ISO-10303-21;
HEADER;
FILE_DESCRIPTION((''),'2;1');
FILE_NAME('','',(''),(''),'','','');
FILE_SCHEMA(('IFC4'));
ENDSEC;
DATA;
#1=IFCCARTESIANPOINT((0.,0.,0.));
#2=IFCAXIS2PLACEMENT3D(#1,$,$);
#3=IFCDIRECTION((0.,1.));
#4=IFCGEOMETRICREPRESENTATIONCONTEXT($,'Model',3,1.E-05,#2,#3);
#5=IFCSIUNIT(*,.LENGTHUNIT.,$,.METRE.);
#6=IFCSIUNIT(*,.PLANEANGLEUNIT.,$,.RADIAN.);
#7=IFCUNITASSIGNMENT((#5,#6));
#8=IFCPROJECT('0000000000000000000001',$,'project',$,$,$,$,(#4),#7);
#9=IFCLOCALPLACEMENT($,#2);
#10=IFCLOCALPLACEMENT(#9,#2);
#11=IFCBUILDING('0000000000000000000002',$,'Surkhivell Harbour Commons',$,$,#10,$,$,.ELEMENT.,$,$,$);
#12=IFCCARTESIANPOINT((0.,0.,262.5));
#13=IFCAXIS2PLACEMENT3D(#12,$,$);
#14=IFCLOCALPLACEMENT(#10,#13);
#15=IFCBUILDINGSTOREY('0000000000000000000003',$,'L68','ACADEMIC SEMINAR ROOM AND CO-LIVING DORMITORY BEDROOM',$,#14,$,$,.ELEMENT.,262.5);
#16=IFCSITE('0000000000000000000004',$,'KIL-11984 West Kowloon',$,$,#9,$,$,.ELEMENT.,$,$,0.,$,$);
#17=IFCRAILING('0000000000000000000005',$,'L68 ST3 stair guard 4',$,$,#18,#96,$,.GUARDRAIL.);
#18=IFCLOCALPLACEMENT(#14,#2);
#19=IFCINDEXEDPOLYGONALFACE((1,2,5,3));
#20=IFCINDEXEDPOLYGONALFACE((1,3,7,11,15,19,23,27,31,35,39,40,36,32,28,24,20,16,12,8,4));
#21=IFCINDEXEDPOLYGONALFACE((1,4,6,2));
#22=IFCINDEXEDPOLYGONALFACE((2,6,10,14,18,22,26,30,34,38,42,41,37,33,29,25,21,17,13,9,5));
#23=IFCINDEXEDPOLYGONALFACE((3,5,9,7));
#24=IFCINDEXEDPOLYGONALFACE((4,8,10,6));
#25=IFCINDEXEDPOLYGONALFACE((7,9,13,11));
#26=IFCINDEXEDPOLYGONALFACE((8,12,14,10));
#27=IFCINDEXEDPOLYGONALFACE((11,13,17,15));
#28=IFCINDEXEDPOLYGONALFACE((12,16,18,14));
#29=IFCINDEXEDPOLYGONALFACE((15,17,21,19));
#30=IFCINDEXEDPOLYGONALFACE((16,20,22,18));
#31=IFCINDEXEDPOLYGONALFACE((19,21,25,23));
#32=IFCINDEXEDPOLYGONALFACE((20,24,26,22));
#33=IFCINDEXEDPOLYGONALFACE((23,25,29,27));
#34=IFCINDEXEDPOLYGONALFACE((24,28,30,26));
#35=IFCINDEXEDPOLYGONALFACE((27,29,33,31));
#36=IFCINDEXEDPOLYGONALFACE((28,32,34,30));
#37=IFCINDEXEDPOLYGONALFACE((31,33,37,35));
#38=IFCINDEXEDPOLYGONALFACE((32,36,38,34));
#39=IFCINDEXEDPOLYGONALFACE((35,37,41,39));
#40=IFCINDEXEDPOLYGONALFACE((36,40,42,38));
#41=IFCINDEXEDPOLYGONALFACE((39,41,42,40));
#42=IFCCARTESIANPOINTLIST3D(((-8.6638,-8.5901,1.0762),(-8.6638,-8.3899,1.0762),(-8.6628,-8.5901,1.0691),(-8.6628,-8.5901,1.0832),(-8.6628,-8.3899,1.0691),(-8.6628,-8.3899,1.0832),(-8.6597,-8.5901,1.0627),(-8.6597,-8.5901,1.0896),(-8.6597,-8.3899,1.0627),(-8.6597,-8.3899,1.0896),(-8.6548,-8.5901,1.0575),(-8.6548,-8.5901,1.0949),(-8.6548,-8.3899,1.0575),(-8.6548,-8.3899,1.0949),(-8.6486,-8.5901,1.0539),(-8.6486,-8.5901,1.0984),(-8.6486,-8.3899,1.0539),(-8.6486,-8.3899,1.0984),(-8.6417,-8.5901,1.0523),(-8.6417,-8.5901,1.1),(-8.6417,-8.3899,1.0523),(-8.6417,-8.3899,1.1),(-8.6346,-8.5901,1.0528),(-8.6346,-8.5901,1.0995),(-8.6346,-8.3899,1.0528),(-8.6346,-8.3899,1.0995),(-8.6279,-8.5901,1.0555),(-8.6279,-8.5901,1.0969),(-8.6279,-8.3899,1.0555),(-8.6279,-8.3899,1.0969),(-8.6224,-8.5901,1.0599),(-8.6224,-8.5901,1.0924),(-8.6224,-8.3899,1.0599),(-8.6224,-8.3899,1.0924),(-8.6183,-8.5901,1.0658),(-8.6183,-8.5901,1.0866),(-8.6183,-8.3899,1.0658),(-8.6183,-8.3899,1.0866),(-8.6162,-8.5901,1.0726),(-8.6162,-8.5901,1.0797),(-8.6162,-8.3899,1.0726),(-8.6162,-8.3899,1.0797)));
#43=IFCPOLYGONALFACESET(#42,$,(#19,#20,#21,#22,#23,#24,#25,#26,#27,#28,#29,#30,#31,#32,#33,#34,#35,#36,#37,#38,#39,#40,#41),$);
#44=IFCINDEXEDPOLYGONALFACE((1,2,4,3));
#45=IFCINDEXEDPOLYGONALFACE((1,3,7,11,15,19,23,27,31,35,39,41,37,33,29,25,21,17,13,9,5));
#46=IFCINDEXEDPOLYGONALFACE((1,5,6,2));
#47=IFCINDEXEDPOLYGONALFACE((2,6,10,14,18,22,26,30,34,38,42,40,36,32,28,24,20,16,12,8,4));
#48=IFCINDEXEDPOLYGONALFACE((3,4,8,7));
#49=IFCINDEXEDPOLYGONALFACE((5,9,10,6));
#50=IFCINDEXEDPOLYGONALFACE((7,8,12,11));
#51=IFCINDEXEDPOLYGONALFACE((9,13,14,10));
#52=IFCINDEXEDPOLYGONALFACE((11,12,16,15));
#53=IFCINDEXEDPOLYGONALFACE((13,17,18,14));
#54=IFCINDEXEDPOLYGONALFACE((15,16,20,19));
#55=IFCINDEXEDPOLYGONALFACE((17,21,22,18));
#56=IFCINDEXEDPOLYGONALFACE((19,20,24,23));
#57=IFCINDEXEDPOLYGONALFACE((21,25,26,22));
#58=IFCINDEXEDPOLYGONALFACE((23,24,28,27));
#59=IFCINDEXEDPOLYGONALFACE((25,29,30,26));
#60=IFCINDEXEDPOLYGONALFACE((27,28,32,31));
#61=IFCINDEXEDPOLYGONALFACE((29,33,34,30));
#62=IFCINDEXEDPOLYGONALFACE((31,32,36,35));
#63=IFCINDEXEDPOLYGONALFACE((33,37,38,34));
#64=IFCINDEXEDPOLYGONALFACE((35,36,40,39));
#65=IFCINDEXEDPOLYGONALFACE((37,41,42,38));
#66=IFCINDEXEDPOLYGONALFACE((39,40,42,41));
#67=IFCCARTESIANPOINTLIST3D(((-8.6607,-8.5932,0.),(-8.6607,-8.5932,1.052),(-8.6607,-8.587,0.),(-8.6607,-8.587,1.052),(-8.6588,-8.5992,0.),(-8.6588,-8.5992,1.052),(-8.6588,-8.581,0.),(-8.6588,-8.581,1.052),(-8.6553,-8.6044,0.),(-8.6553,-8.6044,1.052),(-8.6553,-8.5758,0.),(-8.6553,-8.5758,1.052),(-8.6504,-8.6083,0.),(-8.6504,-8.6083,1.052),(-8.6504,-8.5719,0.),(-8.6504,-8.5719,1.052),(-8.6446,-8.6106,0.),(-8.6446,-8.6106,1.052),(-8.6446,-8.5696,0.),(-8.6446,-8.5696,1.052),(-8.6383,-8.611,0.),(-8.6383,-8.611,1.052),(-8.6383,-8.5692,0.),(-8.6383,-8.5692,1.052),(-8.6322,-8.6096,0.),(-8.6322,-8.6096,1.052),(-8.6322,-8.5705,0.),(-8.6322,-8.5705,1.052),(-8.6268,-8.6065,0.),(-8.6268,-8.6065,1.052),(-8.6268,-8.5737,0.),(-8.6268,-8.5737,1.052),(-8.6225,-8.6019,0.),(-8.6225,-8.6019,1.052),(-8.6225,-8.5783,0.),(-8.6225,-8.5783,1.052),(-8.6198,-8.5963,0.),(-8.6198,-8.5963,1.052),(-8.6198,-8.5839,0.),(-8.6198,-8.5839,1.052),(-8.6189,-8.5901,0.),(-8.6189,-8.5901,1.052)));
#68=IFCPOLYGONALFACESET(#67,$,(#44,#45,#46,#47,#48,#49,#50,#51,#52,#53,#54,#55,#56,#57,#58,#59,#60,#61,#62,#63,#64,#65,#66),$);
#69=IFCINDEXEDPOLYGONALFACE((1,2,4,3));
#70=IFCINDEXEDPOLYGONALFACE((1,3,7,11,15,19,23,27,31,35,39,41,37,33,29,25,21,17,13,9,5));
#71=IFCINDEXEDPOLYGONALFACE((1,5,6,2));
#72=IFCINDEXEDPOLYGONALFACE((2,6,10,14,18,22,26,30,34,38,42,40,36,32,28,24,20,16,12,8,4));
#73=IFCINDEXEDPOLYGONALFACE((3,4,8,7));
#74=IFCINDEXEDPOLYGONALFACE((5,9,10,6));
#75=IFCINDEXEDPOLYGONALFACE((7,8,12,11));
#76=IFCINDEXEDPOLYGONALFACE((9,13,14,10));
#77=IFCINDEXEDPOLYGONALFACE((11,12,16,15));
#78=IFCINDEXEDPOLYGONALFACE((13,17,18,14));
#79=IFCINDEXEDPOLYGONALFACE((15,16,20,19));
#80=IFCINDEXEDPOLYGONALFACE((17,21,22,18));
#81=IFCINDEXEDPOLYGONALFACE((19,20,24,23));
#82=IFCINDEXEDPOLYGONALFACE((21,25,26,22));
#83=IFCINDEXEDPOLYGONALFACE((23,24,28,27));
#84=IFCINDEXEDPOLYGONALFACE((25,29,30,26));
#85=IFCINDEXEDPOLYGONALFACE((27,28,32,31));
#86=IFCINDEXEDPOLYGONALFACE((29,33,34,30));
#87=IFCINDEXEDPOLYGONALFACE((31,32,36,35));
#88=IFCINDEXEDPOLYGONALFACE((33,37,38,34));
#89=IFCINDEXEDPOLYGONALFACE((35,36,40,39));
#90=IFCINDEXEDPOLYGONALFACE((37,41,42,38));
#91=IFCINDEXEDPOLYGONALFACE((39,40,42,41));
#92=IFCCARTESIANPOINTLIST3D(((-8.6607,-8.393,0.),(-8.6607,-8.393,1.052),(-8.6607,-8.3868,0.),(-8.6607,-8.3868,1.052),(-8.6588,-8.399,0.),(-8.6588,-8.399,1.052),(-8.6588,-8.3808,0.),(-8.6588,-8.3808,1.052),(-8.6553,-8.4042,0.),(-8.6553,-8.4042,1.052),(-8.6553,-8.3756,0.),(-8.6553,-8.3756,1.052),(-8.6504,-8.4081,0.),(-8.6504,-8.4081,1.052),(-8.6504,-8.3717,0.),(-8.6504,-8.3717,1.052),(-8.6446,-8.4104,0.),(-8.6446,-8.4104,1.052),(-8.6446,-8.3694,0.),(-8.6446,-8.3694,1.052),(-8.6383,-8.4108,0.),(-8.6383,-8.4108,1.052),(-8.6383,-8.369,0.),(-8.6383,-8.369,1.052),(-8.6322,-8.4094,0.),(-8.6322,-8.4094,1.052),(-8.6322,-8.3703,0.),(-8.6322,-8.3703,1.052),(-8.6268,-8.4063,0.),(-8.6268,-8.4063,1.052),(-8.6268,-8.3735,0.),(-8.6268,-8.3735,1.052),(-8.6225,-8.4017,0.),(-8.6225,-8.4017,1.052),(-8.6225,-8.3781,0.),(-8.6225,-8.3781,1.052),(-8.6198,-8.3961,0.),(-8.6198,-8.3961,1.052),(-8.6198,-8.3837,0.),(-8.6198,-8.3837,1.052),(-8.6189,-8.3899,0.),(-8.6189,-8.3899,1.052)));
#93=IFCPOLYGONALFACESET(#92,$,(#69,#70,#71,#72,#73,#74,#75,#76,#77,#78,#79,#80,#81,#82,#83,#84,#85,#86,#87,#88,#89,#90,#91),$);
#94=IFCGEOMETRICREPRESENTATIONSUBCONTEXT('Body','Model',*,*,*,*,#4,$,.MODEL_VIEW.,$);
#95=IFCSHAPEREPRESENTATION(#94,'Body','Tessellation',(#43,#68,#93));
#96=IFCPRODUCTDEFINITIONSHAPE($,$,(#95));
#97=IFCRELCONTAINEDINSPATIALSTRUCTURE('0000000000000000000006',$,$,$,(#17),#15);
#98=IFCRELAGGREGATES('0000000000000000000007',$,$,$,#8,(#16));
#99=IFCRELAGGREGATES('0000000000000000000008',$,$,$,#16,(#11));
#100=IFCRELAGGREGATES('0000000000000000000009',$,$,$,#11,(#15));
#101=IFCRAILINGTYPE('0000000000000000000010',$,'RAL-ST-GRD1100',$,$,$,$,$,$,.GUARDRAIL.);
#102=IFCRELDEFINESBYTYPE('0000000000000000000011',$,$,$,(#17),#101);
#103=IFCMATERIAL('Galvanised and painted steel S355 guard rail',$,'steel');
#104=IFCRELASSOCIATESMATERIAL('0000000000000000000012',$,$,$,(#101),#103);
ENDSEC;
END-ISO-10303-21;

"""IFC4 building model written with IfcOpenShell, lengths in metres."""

from ifc_helpers import new_model, si_unit, direction, frame, origin, origin_2d, place, context, subcontext, project, spatial, circle, extrude, material, type_object, element, save


model = new_model("IFC4")

# Units and contexts
model_context = context("Model", 3, precision=1e-05, world=origin(), true_north=direction((0.0, 1.0)))
body_context = subcontext(model_context, "Body", "Model", "MODEL_VIEW")
ifc_project = project(units=[si_unit("LENGTHUNIT", "METRE"), si_unit("PLANEANGLEUNIT", "RADIAN")], contexts=[model_context])

# Site, building, storey
site_placement = place(None, origin())
site = spatial("IfcSite", under=ifc_project, at=site_placement, Name="KIL-11984 West Kowloon", CompositionType="ELEMENT", RefElevation=0.0)
building_placement = place(site_placement, origin())
building = spatial("IfcBuilding", under=site, at=building_placement, Name="Surkhivell Harbour Commons", CompositionType="ELEMENT")
storey_placement = place(building_placement, frame((0.0, 0.0, 262.5)))
storey = spatial("IfcBuildingStorey", under=building, at=storey_placement, Name="L68", Description="ACADEMIC SEMINAR ROOM AND CO-LIVING DORMITORY BEDROOM", CompositionType="ELEMENT", Elevation=262.5)

# Railing
ifc_material_1 = material(Name="Galvanised and painted steel S355 guard rail", Category="steel")
railing_type_1 = type_object("IfcRailingType", Name="RAL-ST-GRD1100", PredefinedType="GUARDRAIL", material=ifc_material_1)
railing_1_placement = place(storey_placement, frame((-8.6399, -8.5901, 0.0)))
element("IfcRailing", 1, at=railing_1_placement, inside=storey, type_object=railing_type_1, Name="L68 ST3 stair guard 4", PredefinedType="GUARDRAIL", context=body_context, shape_type="SweptSolid", body=[
    extrude(circle(Radius=0.0239, at=origin_2d()), frame((0.0, 0.0, 1.0762), z_axis=(0.0, 1.0, 0.0), x_axis=(-1.0, 0.0, 0.0)), (0.0, 0.0, 1.0), 0.2002),
    extrude(circle(Radius=0.021, at=origin_2d()), origin(), (0.0, 0.0, 1.0), 1.052),
    extrude(circle(Radius=0.021, at=origin_2d()), frame((0.0, 0.2002, 0.0)), (0.0, 0.0, 1.0), 1.052),
])

save(model, "model.ifc")
